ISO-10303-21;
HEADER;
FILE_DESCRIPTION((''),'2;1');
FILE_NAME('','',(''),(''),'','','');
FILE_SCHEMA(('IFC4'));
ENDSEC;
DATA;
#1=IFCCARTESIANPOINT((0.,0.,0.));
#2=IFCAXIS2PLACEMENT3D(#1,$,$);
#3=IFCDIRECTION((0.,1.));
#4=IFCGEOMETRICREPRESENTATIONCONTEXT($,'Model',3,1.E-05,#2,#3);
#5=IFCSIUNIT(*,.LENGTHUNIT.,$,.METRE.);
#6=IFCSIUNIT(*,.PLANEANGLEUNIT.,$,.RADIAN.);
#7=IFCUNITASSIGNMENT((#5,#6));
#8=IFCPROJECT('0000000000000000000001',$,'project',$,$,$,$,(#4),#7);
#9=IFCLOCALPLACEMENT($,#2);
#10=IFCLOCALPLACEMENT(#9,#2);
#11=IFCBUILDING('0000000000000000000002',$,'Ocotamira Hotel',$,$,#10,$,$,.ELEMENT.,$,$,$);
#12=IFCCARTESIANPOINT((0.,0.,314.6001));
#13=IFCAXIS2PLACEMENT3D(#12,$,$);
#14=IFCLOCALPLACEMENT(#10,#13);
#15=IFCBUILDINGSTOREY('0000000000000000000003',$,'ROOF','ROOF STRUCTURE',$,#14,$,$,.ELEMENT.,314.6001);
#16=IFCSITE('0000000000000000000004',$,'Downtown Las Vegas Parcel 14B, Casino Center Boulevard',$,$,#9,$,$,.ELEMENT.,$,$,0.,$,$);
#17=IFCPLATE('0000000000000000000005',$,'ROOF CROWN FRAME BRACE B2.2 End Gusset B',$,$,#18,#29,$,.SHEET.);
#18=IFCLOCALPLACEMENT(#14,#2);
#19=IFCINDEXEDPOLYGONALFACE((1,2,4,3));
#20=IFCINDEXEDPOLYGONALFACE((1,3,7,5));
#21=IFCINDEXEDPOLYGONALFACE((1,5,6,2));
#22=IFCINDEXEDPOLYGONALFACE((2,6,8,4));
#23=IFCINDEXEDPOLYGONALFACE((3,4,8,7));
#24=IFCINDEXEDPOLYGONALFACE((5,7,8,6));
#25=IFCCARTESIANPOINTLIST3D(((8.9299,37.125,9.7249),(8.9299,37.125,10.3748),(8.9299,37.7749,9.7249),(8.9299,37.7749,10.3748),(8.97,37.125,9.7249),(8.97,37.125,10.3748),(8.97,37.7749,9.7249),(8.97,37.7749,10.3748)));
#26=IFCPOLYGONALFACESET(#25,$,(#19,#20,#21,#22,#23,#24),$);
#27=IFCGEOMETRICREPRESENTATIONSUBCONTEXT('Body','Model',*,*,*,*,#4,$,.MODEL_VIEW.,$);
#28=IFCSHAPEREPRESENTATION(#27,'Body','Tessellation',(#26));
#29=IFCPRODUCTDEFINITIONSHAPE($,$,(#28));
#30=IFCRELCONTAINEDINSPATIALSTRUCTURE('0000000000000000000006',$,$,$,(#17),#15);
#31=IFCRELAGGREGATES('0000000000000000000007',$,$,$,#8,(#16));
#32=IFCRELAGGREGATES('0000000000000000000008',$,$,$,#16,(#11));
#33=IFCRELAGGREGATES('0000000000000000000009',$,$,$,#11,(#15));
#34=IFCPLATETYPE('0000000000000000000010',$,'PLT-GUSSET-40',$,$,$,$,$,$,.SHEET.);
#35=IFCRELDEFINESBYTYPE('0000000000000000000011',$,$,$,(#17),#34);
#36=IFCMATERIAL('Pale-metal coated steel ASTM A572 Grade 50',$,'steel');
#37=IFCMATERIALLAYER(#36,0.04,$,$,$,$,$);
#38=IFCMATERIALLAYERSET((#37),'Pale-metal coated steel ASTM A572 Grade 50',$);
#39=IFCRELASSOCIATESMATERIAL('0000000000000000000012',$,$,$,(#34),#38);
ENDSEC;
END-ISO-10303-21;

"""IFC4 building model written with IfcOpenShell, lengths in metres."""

from ifc_helpers import new_model, si_unit, direction, frame, origin, origin_2d, place, context, subcontext, project, spatial, rectangle, extrude, source, transform, mapped, material, layer, layer_set, type_object, element, save


model = new_model("IFC4")

# Units and contexts
model_context = context("Model", 3, precision=1e-05, world=origin(), true_north=direction((0.0, 1.0)))
body_context = subcontext(model_context, "Body", "Model", "MODEL_VIEW")
ifc_project = project(units=[si_unit("LENGTHUNIT", "METRE"), si_unit("PLANEANGLEUNIT", "RADIAN")], contexts=[model_context])

# Site, building, storey
site_placement = place(None, origin())
site = spatial("IfcSite", under=ifc_project, at=site_placement, Name="Downtown Las Vegas Parcel 14B, Casino Center Boulevard", CompositionType="ELEMENT", RefElevation=0.0)
building_placement = place(site_placement, origin())
building = spatial("IfcBuilding", under=site, at=building_placement, Name="Ocotamira Hotel", CompositionType="ELEMENT")
storey_placement = place(building_placement, frame((0.0, 0.0, 314.6001)))
storey = spatial("IfcBuildingStorey", under=building, at=storey_placement, Name="ROOF", Description="ROOF STRUCTURE", CompositionType="ELEMENT", Elevation=314.6001)

# Plate
ifc_material_1 = material(Name="Pale-metal coated steel ASTM A572 Grade 50", Category="steel")
ifc_layer = layer(ifc_material_1, 0.04)
ifc_layer_set = layer_set([ifc_layer], Name="Pale-metal coated steel ASTM A572 Grade 50")
plate_type = type_object("IfcPlateType", Name="PLT-GUSSET-40", PredefinedType="SHEET", material=ifc_layer_set)
shared_shape_1 = source(origin(), body_context, "Body", "SweptSolid", [
    extrude(rectangle(XDim=0.04, YDim=0.6499, at=origin_2d()), origin(), (0.0, 0.0, 1.0), 0.6499),
])
for number, where, z_axis, x_axis, name in (
    (1, (8.95, 37.45, 9.7249), (0.0, 0.0, 1.0), (1.0, 0.0, 0.0), "ROOF CROWN FRAME BRACE B2.2 End Gusset B"),
):
    element("IfcPlate", number, at=place(storey_placement, frame(where, z_axis=z_axis, x_axis=x_axis)), inside=storey, type_object=plate_type, Name=name, PredefinedType="SHEET", context=body_context, shape_type="MappedRepresentation", body=[
        mapped(shared_shape_1, transform((0.0, 0.0, 0.0), scale=1.0)),
    ])

save(model, "model.ifc")
